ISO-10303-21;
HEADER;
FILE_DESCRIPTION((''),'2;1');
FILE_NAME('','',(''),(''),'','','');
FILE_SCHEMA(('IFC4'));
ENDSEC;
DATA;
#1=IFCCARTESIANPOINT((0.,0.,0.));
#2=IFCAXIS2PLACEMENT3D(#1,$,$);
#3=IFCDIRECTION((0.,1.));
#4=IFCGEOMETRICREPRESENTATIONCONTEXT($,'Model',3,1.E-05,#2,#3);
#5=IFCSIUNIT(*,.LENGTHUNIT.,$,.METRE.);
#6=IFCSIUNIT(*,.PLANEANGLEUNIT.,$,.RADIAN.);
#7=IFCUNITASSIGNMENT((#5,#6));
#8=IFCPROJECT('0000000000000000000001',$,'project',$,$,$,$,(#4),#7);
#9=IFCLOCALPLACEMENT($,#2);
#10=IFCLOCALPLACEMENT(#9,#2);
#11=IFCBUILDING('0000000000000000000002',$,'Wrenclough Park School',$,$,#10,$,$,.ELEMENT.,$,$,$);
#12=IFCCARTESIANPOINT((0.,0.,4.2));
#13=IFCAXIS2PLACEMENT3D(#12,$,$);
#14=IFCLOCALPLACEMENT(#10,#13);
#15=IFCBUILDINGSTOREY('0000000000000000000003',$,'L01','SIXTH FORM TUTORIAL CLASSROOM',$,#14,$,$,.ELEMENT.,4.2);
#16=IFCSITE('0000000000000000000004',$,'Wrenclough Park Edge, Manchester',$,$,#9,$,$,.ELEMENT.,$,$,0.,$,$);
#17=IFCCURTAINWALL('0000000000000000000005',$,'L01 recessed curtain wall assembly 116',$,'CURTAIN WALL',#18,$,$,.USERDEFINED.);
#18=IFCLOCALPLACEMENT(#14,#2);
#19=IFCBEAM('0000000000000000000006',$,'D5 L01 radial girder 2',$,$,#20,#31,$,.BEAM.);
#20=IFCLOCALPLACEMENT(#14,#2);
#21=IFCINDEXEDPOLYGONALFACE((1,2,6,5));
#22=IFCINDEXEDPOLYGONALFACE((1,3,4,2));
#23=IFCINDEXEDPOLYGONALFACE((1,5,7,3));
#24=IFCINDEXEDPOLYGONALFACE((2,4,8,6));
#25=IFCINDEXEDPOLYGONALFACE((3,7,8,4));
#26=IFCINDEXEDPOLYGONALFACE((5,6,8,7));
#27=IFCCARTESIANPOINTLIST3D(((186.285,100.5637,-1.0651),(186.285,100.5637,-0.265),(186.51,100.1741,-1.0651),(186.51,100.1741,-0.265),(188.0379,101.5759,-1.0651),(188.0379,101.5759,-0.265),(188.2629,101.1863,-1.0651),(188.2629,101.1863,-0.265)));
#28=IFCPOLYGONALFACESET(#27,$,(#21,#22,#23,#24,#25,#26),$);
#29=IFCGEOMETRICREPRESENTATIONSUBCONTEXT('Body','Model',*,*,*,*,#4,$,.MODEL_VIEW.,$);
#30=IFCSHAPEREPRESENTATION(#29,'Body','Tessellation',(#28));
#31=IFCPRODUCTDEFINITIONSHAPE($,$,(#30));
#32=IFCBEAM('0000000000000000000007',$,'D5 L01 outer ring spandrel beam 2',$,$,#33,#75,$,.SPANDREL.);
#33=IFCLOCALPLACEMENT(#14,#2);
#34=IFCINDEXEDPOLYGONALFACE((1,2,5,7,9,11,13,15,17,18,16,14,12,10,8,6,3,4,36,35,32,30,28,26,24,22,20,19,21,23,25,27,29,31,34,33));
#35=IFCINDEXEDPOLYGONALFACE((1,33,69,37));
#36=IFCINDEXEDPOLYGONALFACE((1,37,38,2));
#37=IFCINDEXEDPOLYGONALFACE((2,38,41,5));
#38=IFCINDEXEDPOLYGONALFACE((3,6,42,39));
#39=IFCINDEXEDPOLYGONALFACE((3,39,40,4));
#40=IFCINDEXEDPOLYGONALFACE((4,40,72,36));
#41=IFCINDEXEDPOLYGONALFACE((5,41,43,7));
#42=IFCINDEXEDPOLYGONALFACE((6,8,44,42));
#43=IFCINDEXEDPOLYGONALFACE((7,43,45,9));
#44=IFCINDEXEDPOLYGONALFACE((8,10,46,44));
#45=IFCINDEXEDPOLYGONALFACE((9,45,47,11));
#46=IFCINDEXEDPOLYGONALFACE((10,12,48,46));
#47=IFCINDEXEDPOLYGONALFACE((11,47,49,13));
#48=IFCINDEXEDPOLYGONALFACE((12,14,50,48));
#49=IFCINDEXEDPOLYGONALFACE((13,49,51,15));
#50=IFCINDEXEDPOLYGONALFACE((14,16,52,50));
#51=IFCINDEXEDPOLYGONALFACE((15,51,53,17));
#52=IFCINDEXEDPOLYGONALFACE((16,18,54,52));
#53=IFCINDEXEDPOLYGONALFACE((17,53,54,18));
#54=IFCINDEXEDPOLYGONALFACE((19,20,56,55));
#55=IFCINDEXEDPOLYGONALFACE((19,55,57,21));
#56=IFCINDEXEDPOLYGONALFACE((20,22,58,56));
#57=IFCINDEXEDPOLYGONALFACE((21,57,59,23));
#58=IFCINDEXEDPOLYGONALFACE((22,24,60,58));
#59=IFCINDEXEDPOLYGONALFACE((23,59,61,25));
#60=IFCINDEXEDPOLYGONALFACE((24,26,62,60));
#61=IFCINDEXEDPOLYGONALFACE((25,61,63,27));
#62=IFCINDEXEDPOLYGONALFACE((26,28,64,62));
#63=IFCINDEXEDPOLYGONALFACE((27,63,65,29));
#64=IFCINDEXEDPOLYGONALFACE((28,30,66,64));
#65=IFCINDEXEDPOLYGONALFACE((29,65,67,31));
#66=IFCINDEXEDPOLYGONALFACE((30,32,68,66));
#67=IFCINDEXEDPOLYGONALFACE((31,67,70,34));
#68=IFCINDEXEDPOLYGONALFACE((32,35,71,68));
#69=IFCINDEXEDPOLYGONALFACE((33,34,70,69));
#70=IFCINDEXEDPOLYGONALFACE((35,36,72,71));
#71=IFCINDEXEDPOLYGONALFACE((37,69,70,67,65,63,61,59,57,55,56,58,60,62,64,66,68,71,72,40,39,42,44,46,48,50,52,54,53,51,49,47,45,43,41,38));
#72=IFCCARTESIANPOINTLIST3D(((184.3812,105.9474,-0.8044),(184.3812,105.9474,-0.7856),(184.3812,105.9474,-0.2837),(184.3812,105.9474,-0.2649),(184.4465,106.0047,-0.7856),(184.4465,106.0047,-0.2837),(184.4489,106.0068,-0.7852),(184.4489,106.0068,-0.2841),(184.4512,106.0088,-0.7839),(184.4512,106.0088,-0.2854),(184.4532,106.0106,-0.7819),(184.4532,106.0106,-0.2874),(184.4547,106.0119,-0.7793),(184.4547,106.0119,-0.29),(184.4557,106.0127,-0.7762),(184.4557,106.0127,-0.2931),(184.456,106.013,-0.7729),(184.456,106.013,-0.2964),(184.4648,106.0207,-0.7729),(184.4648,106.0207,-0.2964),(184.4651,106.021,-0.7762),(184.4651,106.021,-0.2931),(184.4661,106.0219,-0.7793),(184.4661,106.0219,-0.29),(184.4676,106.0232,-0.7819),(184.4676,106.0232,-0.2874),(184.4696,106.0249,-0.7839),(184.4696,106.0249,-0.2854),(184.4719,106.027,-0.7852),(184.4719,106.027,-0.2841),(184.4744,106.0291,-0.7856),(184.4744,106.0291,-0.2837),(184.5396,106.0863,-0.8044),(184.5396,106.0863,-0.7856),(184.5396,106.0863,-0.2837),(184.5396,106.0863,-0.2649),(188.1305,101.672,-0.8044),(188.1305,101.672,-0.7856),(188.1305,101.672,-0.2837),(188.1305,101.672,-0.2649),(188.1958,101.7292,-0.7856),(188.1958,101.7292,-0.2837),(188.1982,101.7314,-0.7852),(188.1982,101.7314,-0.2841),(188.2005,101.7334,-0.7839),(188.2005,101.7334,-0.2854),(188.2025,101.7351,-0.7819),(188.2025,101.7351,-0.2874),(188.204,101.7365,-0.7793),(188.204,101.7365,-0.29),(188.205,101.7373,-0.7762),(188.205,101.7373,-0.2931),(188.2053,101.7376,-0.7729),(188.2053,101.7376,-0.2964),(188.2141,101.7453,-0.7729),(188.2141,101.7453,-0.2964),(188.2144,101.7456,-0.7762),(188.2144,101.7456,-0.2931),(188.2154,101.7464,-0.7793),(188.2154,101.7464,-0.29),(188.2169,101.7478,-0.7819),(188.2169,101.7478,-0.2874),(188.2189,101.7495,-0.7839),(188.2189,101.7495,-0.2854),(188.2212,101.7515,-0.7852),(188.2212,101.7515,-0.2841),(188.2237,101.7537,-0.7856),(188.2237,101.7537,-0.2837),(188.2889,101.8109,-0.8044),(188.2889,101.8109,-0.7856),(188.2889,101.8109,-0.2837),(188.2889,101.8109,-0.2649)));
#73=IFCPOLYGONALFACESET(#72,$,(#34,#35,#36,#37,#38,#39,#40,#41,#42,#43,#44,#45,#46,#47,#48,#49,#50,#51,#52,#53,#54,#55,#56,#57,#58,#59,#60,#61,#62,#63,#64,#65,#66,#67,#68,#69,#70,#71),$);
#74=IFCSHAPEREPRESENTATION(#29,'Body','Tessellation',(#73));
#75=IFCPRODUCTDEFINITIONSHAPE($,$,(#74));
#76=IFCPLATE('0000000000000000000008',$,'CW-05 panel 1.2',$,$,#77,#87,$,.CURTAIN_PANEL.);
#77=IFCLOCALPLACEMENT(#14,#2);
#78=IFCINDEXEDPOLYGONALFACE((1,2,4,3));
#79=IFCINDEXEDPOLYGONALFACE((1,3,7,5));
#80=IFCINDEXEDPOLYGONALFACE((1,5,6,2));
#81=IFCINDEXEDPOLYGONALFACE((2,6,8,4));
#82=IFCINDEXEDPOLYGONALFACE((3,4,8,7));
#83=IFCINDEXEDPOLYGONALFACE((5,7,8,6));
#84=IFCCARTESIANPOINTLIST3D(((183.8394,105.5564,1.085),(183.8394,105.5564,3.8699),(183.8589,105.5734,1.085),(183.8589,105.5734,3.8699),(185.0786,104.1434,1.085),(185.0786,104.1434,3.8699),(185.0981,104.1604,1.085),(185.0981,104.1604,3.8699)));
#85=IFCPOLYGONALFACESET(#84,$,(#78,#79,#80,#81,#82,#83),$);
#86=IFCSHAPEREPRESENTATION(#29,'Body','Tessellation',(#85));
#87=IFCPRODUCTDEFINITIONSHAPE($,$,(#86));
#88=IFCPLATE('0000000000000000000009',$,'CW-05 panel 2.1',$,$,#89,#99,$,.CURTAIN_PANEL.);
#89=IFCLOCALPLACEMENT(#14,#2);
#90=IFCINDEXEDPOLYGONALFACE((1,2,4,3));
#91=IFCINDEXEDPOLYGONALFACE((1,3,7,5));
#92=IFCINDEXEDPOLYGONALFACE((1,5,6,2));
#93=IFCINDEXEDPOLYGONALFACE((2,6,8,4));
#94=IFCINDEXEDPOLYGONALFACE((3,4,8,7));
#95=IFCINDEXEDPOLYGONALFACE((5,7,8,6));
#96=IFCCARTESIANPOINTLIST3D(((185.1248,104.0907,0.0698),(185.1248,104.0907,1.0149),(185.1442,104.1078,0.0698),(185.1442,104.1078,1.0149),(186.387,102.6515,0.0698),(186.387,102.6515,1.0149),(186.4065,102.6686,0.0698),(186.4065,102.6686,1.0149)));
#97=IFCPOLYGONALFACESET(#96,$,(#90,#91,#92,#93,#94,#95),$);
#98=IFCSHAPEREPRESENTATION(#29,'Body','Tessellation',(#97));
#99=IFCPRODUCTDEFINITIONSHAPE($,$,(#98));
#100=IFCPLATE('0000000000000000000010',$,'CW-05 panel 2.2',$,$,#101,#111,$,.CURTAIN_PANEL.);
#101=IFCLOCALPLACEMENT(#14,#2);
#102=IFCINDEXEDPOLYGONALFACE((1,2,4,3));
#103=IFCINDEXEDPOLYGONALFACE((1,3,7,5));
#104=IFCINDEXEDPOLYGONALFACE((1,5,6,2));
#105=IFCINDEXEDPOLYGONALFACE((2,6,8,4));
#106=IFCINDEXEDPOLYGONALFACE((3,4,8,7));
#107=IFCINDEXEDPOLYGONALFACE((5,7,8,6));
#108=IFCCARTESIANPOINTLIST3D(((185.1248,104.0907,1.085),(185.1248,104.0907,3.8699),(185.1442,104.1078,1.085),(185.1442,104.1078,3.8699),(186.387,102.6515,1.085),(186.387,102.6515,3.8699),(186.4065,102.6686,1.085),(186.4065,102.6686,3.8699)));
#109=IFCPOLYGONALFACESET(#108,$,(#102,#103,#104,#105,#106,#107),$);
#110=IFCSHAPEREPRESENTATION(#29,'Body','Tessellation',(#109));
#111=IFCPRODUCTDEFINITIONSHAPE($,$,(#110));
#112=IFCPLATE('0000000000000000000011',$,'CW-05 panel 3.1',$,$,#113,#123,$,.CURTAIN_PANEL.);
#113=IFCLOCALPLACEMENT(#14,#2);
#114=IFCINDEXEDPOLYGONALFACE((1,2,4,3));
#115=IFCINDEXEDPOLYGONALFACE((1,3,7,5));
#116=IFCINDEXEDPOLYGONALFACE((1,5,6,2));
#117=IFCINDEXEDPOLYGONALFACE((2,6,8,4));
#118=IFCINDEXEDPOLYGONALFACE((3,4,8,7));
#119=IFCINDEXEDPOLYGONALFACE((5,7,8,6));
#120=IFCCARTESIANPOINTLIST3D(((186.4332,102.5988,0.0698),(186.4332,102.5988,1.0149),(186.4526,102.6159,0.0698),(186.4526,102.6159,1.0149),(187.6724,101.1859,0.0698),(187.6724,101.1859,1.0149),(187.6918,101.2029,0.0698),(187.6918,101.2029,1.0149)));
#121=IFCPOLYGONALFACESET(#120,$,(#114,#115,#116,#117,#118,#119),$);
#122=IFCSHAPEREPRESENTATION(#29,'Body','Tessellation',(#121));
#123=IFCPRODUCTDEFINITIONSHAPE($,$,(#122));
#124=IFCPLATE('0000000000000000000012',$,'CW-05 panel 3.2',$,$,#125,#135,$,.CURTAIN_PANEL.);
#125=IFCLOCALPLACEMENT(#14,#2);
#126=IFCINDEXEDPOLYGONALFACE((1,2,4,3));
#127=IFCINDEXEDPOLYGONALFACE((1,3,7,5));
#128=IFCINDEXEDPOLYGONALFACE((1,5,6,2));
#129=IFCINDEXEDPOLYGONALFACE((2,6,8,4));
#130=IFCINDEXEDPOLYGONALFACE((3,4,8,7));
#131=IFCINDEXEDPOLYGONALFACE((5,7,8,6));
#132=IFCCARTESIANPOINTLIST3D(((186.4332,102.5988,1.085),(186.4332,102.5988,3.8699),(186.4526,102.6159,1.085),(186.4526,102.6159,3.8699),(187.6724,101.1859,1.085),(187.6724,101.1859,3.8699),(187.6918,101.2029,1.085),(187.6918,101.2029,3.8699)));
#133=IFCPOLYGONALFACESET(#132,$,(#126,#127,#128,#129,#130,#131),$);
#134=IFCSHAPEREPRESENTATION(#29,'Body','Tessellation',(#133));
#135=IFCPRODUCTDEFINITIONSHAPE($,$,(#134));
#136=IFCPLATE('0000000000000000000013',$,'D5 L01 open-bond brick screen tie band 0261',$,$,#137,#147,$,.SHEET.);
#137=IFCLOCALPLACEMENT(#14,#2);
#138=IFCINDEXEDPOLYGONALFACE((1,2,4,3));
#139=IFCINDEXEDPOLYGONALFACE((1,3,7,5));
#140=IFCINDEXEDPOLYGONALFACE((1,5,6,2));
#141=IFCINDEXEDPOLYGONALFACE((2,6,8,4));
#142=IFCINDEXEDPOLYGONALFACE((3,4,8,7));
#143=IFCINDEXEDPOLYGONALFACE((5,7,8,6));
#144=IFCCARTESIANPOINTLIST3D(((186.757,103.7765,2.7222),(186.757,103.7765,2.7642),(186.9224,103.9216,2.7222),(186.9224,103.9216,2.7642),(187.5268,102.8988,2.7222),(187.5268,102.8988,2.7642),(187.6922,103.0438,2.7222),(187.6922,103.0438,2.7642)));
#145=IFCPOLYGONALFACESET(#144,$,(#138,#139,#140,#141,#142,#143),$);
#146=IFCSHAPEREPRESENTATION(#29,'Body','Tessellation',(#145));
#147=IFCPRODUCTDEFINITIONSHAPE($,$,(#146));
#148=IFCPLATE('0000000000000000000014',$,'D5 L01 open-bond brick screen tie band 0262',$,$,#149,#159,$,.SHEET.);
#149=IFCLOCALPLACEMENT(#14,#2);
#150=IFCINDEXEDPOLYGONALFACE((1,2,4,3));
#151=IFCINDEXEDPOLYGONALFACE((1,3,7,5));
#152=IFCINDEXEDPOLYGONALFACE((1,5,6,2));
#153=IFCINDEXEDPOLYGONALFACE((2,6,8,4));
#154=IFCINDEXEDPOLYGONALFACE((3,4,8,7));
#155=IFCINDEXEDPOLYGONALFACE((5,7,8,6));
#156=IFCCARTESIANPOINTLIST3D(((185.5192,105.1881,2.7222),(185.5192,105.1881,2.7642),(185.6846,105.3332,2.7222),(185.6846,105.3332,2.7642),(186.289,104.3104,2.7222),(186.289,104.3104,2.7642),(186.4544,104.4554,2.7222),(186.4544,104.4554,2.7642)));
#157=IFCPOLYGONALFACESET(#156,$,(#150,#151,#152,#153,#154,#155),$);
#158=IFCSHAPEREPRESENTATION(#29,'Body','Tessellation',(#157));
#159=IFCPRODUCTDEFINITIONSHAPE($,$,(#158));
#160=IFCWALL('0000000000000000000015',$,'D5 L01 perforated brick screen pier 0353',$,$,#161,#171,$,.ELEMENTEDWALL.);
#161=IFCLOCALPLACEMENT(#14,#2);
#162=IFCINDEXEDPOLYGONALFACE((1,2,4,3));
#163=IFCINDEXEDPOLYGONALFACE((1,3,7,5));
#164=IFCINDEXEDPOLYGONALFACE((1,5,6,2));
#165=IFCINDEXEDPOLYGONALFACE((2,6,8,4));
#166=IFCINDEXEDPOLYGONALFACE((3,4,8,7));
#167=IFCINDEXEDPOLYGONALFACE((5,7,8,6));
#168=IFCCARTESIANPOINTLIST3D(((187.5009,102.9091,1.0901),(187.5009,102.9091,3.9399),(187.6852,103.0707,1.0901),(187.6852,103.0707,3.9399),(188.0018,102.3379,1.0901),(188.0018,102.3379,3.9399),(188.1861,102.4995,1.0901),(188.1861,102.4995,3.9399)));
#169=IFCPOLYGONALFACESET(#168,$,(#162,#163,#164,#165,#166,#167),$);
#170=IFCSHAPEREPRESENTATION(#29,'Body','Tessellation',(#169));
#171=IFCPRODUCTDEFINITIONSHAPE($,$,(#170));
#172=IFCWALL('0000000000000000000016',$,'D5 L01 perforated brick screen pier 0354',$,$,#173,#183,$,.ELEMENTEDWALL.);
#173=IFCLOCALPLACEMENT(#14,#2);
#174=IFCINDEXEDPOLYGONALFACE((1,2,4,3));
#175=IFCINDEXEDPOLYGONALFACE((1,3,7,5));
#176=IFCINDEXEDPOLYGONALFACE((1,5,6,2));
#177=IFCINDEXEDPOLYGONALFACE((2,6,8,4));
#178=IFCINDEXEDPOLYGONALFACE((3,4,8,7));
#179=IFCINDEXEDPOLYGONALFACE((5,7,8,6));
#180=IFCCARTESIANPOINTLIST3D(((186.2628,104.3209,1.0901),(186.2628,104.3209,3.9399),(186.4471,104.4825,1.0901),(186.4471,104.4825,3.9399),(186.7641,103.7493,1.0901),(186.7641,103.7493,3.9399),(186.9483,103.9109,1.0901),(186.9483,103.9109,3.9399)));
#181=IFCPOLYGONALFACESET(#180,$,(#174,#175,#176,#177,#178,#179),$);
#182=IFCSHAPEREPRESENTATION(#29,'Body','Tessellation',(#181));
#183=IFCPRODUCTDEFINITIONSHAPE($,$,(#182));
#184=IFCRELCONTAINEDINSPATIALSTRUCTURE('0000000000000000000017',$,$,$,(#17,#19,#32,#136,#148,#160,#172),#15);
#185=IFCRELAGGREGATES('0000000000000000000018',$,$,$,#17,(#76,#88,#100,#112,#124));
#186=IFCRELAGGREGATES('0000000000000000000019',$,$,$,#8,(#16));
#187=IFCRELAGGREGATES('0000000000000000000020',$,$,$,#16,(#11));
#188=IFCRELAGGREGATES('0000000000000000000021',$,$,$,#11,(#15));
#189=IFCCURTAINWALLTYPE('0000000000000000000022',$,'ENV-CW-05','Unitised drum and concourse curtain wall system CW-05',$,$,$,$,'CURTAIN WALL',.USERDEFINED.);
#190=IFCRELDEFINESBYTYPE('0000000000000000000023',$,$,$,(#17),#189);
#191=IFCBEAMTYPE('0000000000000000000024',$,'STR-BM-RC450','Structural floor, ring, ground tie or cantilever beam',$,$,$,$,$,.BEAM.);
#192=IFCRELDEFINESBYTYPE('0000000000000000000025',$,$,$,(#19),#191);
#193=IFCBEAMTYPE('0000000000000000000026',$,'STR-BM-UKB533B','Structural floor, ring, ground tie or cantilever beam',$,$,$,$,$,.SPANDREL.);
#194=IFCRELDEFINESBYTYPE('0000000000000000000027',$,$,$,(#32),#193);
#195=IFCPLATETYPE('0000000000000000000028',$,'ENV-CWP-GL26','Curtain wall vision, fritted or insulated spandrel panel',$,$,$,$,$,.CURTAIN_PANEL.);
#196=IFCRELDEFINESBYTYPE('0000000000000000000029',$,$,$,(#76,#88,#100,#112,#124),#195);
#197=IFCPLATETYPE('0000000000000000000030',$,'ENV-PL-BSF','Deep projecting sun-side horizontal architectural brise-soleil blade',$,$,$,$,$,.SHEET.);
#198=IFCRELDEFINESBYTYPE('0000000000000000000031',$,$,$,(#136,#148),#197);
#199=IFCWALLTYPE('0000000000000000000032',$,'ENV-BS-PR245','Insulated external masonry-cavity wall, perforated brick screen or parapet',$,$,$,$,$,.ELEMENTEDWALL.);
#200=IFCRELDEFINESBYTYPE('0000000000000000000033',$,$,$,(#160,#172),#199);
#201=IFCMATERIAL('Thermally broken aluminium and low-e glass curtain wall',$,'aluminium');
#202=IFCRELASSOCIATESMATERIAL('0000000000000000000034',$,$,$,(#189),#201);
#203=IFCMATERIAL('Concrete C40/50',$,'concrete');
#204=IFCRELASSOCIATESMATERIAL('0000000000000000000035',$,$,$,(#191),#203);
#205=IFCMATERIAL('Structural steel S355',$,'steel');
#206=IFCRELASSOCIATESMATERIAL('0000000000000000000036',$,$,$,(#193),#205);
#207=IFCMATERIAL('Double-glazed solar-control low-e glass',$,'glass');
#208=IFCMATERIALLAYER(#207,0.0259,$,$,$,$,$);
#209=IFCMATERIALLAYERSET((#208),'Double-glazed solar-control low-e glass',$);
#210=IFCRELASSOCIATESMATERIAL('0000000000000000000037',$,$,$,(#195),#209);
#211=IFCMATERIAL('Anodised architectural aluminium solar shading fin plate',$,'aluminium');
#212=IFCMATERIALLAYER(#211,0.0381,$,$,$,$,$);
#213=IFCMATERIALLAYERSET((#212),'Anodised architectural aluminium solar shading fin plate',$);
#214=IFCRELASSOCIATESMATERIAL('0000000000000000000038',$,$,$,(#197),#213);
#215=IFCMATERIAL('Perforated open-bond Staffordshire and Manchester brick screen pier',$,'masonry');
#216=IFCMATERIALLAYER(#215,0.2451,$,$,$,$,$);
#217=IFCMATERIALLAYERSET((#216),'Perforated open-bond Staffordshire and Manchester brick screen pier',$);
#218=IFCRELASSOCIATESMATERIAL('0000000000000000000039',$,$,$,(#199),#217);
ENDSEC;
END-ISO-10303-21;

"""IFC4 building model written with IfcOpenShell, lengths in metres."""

from ifc_helpers import new_model, si_unit, direction, frame, frame_2d, origin, origin_2d, place, context, subcontext, project, spatial, rectangle, i_section, extrude, material, layer, layer_set, material_profile, profile_set, type_object, element, aggregate, save


model = new_model("IFC4")

# Units and contexts
model_context = context("Model", 3, precision=1e-05, world=origin(), true_north=direction((0.0, 1.0)))
body_context = subcontext(model_context, "Body", "Model", "MODEL_VIEW")
ifc_project = project(units=[si_unit("LENGTHUNIT", "METRE"), si_unit("PLANEANGLEUNIT", "RADIAN")], contexts=[model_context])

# Site, building, storey
site_placement = place(None, origin())
site = spatial("IfcSite", under=ifc_project, at=site_placement, Name="Wrenclough Park Edge, Manchester", CompositionType="ELEMENT", RefElevation=0.0)
building_placement = place(site_placement, origin())
building = spatial("IfcBuilding", under=site, at=building_placement, Name="Wrenclough Park School", CompositionType="ELEMENT")
storey_placement = place(building_placement, frame((0.0, 0.0, 4.2)))
storey = spatial("IfcBuildingStorey", under=building, at=storey_placement, Name="L01", Description="SIXTH FORM TUTORIAL CLASSROOM", CompositionType="ELEMENT", Elevation=4.2)

# Shared definitions
ifc_material_1 = material(Name="Concrete C40/50", Category="concrete")

# Shared definitions
ifc_material_2 = material(Name="Thermally broken aluminium and low-e glass curtain wall", Category="aluminium")

# Curtain wall
curtain_wall_type_1 = type_object("IfcCurtainWallType", Name="ENV-CW-05", Description="Unitised drum and concourse curtain wall system CW-05", ElementType="CURTAIN WALL", PredefinedType="USERDEFINED", material=ifc_material_2)
curtain_wall_1_placement = place(storey_placement, origin())
curtain_wall_1 = element("IfcCurtainWall", 1, at=curtain_wall_1_placement, inside=storey, type_object=curtain_wall_type_1, Name="L01 recessed curtain wall assembly 116", ObjectType="CURTAIN WALL", PredefinedType="USERDEFINED")

# Beams
ifc_material_profile_1 = material_profile(ifc_material_1, rectangle(XDim=0.45, YDim=0.8, at=origin_2d()), Name="RC BEAM 450x800")
ifc_profile_set_1 = profile_set([ifc_material_profile_1], Name="Concrete C40/50")
beam_type_1 = type_object("IfcBeamType", Name="STR-BM-RC450", Description="Structural floor, ring, ground tie or cantilever beam", PredefinedType="BEAM", material=ifc_profile_set_1)
beam_1_placement = place(storey_placement, frame((188.1504, 101.3811, -0.665), z_axis=(-0.865993, -0.500057, 0.0), x_axis=(0.500057, -0.865993, 0.0)))
element("IfcBeam", 2, at=beam_1_placement, inside=storey, type_object=beam_type_1, Name="D5 L01 radial girder 2", PredefinedType="BEAM", context=body_context, shape_type="SweptSolid", body=[
    extrude(rectangle(XDim=0.45, YDim=0.8, at=origin_2d()), origin(), (0.0, 0.0, 1.0), 2.0242),
])
ifc_material_3 = material(Name="Structural steel S355", Category="steel")
ifc_material_profile_2 = material_profile(ifc_material_3, i_section(OverallWidth=0.2107, OverallDepth=0.5396, WebThickness=0.0117, FlangeThickness=0.0188, FilletRadius=0.0127, at=origin_2d()), Name="UKB 533x210x109")
ifc_profile_set_2 = profile_set([ifc_material_profile_2], Name="Structural steel S355")
beam_type_2 = type_object("IfcBeamType", Name="STR-BM-UKB533B", Description="Structural floor, ring, ground tie or cantilever beam", PredefinedType="SPANDREL", material=ifc_profile_set_2)
beam_2_placement = place(storey_placement, frame((188.2097, 101.7415, -0.5347), z_axis=(-0.659331, 0.751853, 0.0), x_axis=(-0.751853, -0.659331, 0.0)))
element("IfcBeam", 3, at=beam_2_placement, inside=storey, type_object=beam_type_2, Name="D5 L01 outer ring spandrel beam 2", PredefinedType="SPANDREL", context=body_context, shape_type="SweptSolid", body=[
    extrude(i_section(OverallWidth=0.2107, OverallDepth=0.5396, WebThickness=0.0117, FlangeThickness=0.0188, FilletRadius=0.0127, at=origin_2d()), origin(), (0.0, 0.0, 1.0), 5.6865),
])

# Plates
ifc_material_4 = material(Name="Double-glazed solar-control low-e glass", Category="glass")
ifc_layer_1 = layer(ifc_material_4, 0.0259)
ifc_layer_set_1 = layer_set([ifc_layer_1], Name="Double-glazed solar-control low-e glass")
plate_type_1 = type_object("IfcPlateType", Name="ENV-CWP-GL26", Description="Curtain wall vision, fritted or insulated spandrel panel", PredefinedType="CURTAIN_PANEL", material=ifc_layer_set_1)
plate_1_placement = place(storey_placement, frame((184.4688, 104.8584, 1.085), z_axis=(0.0, 0.0, 1.0), x_axis=(0.659365, -0.751823, 0.0)))
plate_1 = element("IfcPlate", 4, at=plate_1_placement, type_object=plate_type_1, Name="CW-05 panel 1.2", PredefinedType="CURTAIN_PANEL", context=body_context, shape_type="SweptSolid", body=[
    extrude(rectangle(XDim=1.8794, YDim=0.0259, at=origin_2d()), origin(), (0.0, 0.0, 1.0), 2.7849),
])
plate_2_placement = place(storey_placement, frame((185.7656, 103.3796, 0.0698), z_axis=(0.0, 0.0, 1.0), x_axis=(0.659365, -0.751823, 0.0)))
plate_2 = element("IfcPlate", 5, at=plate_2_placement, type_object=plate_type_1, Name="CW-05 panel 2.1", PredefinedType="CURTAIN_PANEL", context=body_context, shape_type="SweptSolid", body=[
    extrude(rectangle(XDim=1.9143, YDim=0.0259, at=origin_2d()), origin(), (0.0, 0.0, 1.0), 0.9451),
])
plate_3_placement = place(storey_placement, frame((185.7656, 103.3796, 1.085), z_axis=(0.0, 0.0, 1.0), x_axis=(0.659365, -0.751823, 0.0)))
plate_3 = element("IfcPlate", 6, at=plate_3_placement, type_object=plate_type_1, Name="CW-05 panel 2.2", PredefinedType="CURTAIN_PANEL", context=body_context, shape_type="SweptSolid", body=[
    extrude(rectangle(XDim=1.9143, YDim=0.0259, at=origin_2d()), origin(), (0.0, 0.0, 1.0), 2.7849),
])
plate_4_placement = place(storey_placement, frame((187.0625, 101.9009, 0.0698), z_axis=(0.0, 0.0, 1.0), x_axis=(0.659365, -0.751823, 0.0)))
plate_4 = element("IfcPlate", 7, at=plate_4_placement, type_object=plate_type_1, Name="CW-05 panel 3.1", PredefinedType="CURTAIN_PANEL", context=body_context, shape_type="SweptSolid", body=[
    extrude(rectangle(XDim=1.8794, YDim=0.0259, at=origin_2d()), origin(), (0.0, 0.0, 1.0), 0.9451),
])
plate_5_placement = place(storey_placement, frame((187.0625, 101.9009, 1.085), z_axis=(0.0, 0.0, 1.0), x_axis=(0.659365, -0.751823, 0.0)))
plate_5 = element("IfcPlate", 8, at=plate_5_placement, type_object=plate_type_1, Name="CW-05 panel 3.2", PredefinedType="CURTAIN_PANEL", context=body_context, shape_type="SweptSolid", body=[
    extrude(rectangle(XDim=1.8794, YDim=0.0259, at=origin_2d()), origin(), (0.0, 0.0, 1.0), 2.7849),
])
aggregate(curtain_wall_1, [plate_1, plate_2, plate_3, plate_4, plate_5])

# Plates
ifc_material_5 = material(Name="Anodised architectural aluminium solar shading fin plate", Category="aluminium")
ifc_layer_2 = layer(ifc_material_5, 0.0381)
ifc_layer_set_2 = layer_set([ifc_layer_2], Name="Anodised architectural aluminium solar shading fin plate")
plate_type_2 = type_object("IfcPlateType", Name="ENV-PL-BSF", Description="Deep projecting sun-side horizontal architectural brise-soleil blade", PredefinedType="SHEET", material=ifc_layer_set_2)
for number, where, z_axis, x_axis, name in (
    (9, (187.2246, 103.4102, 2.7222), (0.0, 0.0, 1.0), (-0.659349, 0.751837, 0.0), "D5 L01 open-bond brick screen tie band 0261"),
    (10, (185.9868, 104.8218, 2.7222), (0.0, 0.0, 1.0), (-0.659349, 0.751837, 0.0), "D5 L01 open-bond brick screen tie band 0262"),
):
    element("IfcPlate", number, at=place(storey_placement, frame(where, z_axis=z_axis, x_axis=x_axis)), inside=storey, type_object=plate_type_2, Name=name, PredefinedType="SHEET", context=body_context, shape_type="SweptSolid", body=[
        extrude(rectangle(XDim=1.1675, YDim=0.22, at=origin_2d()), origin(), (0.0, 0.0, 1.0), 0.042),
    ])

# Walls
ifc_material_6 = material(Name="Perforated open-bond Staffordshire and Manchester brick screen pier", Category="masonry")
ifc_layer_3 = layer(ifc_material_6, 0.2451)
ifc_layer_set_3 = layer_set([ifc_layer_3], Name="Perforated open-bond Staffordshire and Manchester brick screen pier")
wall_type_1 = type_object("IfcWallType", Name="ENV-BS-PR245", Description="Insulated external masonry-cavity wall, perforated brick screen or parapet", PredefinedType="ELEMENTEDWALL", material=ifc_layer_set_3)
wall_1_placement = place(storey_placement, frame((188.094, 102.4187, 1.0901), z_axis=(0.0, 0.0, 1.0), x_axis=(-0.659323, 0.75186, 0.0)))
element("IfcWall", 11, at=wall_1_placement, inside=storey, type_object=wall_type_1, Name="D5 L01 perforated brick screen pier 0353", PredefinedType="ELEMENTEDWALL", context=body_context, shape_type="SweptSolid", body=[
    extrude(rectangle(XDim=0.7598, YDim=0.2451, at=frame_2d((0.3799, 0.0))), origin(), (0.0, 0.0, 1.0), 2.8499),
])
wall_2_placement = place(storey_placement, frame((186.8562, 103.8301, 1.0901), z_axis=(0.0, 0.0, 1.0), x_axis=(-0.659345, 0.75184, 0.0)))
element("IfcWall", 12, at=wall_2_placement, inside=storey, type_object=wall_type_1, Name="D5 L01 perforated brick screen pier 0354", PredefinedType="ELEMENTEDWALL", context=body_context, shape_type="SweptSolid", body=[
    extrude(rectangle(XDim=0.7603, YDim=0.2451, at=frame_2d((0.3801, 0.0))), origin(), (0.0, 0.0, 1.0), 2.8499),
])

save(model, "model.ifc")
